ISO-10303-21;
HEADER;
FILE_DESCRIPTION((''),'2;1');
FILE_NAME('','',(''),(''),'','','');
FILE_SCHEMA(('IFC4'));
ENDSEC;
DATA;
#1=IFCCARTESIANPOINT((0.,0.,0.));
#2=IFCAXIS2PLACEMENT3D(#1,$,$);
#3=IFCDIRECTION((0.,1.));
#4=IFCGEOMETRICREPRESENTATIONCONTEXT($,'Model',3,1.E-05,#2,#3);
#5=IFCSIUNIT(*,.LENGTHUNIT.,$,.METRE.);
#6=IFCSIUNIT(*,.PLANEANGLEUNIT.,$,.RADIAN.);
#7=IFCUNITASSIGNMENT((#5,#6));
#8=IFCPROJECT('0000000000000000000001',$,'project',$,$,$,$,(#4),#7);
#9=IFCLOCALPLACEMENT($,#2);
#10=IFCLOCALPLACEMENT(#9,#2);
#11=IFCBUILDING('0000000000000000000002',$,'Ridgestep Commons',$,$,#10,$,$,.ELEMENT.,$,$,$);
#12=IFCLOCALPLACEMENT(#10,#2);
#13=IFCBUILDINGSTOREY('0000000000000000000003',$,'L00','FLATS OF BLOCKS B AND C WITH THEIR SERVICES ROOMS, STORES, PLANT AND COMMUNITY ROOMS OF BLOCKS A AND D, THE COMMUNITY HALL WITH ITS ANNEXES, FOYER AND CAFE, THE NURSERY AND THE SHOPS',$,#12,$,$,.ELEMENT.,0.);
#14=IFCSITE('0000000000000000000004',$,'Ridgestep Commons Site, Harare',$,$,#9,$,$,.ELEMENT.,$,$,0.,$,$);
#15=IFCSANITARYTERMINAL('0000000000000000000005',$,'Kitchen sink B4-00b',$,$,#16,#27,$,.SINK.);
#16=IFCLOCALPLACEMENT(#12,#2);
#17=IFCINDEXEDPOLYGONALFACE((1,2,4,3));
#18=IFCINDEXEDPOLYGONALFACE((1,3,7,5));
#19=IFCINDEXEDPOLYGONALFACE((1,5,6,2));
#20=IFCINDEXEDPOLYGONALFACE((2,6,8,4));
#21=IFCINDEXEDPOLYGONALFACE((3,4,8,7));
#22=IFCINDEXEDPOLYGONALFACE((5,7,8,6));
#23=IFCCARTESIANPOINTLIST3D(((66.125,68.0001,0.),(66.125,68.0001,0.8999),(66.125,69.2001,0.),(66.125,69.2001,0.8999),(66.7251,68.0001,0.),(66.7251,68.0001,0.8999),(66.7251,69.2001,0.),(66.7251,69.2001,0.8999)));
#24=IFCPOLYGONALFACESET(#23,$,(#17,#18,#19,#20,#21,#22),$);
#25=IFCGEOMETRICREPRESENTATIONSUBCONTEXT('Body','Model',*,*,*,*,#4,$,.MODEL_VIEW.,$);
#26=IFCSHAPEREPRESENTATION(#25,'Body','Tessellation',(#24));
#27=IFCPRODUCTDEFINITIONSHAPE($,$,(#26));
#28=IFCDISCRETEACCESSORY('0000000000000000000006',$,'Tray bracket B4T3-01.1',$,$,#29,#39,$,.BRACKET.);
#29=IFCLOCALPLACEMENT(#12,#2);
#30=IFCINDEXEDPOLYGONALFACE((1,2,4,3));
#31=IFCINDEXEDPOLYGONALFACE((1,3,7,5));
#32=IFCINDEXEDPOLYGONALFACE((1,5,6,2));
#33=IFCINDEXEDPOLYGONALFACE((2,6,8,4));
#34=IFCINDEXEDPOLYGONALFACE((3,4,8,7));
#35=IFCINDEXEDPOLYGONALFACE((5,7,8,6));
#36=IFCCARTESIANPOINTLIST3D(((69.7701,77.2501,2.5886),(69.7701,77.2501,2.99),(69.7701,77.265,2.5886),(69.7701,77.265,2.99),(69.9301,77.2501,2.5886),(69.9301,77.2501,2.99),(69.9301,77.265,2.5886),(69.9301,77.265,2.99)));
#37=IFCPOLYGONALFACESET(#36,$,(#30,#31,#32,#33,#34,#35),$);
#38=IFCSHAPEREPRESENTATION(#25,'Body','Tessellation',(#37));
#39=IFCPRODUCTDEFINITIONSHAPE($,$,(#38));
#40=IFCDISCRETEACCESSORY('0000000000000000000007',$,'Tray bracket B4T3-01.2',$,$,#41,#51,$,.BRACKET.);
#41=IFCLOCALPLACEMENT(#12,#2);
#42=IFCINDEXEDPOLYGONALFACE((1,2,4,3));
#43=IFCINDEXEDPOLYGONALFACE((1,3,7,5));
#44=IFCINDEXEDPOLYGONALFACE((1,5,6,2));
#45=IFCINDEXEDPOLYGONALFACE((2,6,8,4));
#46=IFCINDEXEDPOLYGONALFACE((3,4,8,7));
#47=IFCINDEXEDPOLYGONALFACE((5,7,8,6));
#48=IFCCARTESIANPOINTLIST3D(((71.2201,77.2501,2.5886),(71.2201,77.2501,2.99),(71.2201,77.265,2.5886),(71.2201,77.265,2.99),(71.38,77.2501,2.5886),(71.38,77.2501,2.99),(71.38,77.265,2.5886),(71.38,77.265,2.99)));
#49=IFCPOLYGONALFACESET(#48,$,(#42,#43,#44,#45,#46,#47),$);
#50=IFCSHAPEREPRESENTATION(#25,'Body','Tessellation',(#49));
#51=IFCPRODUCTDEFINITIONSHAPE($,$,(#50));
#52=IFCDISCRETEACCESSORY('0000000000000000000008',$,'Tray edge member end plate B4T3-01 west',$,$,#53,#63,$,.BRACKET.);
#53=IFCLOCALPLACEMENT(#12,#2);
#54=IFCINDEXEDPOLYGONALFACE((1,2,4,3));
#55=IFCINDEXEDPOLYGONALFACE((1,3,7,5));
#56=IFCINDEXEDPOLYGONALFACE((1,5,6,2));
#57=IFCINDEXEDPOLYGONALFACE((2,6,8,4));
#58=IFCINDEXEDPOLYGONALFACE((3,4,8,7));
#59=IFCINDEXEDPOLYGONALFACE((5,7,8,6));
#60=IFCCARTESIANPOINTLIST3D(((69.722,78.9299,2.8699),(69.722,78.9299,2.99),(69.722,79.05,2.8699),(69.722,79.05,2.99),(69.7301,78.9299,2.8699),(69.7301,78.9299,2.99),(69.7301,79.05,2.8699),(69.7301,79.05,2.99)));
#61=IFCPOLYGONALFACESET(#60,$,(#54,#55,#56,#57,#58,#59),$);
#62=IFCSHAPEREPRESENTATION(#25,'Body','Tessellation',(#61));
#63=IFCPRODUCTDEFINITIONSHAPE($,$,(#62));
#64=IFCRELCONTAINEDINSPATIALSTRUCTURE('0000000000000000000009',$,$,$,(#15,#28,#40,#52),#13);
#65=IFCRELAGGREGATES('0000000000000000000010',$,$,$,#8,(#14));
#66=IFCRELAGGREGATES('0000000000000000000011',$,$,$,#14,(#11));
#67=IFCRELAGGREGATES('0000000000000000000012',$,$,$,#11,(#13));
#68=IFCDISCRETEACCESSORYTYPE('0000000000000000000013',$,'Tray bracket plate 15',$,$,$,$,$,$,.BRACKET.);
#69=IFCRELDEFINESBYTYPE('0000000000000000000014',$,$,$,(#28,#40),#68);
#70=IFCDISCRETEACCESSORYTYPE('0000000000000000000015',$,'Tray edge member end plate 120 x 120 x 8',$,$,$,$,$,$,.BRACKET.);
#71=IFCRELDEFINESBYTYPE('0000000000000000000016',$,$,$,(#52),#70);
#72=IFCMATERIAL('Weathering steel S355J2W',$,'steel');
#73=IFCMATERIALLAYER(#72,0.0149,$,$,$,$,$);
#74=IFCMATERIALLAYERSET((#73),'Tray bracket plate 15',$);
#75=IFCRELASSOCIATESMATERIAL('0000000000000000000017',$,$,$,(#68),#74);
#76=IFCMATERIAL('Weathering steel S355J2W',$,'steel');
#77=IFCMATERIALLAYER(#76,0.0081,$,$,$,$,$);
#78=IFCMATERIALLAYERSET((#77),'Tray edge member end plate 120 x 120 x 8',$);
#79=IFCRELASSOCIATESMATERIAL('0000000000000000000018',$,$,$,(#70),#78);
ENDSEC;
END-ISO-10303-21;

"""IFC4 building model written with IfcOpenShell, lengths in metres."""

from ifc_helpers import new_model, si_unit, direction, frame, origin, origin_2d, place, context, subcontext, project, spatial, rectangle, extrude, material, layer, layer_set, type_object, element, save


model = new_model("IFC4")

# Units and contexts
model_context = context("Model", 3, precision=1e-05, world=origin(), true_north=direction((0.0, 1.0)))
body_context = subcontext(model_context, "Body", "Model", "MODEL_VIEW")
ifc_project = project(units=[si_unit("LENGTHUNIT", "METRE"), si_unit("PLANEANGLEUNIT", "RADIAN")], contexts=[model_context])

# Site, building, storey
site_placement = place(None, origin())
site = spatial("IfcSite", under=ifc_project, at=site_placement, Name="Ridgestep Commons Site, Harare", CompositionType="ELEMENT", RefElevation=0.0)
building_placement = place(site_placement, origin())
building = spatial("IfcBuilding", under=site, at=building_placement, Name="Ridgestep Commons", CompositionType="ELEMENT")
storey_placement = place(building_placement, origin())
storey = spatial("IfcBuildingStorey", under=building, at=storey_placement, Name="L00", Description="FLATS OF BLOCKS B AND C WITH THEIR SERVICES ROOMS, STORES, PLANT AND COMMUNITY ROOMS OF BLOCKS A AND D, THE COMMUNITY HALL WITH ITS ANNEXES, FOYER AND CAFE, THE NURSERY AND THE SHOPS", CompositionType="ELEMENT", Elevation=0.0)

# Sanitary terminal
sanitary_terminal_1_placement = place(storey_placement, frame((66.425, 68.6001, 0.0), z_axis=(0.0, 0.0, 1.0), x_axis=(1.0, 0.0, 0.0)))
element("IfcSanitaryTerminal", 1, at=sanitary_terminal_1_placement, inside=storey, Name="Kitchen sink B4-00b", PredefinedType="SINK", context=body_context, shape_type="SweptSolid", body=[
    extrude(rectangle(XDim=0.6001, YDim=1.2, at=origin_2d()), origin(), (0.0, 0.0, 1.0), 0.8999),
])

# Discrete accessories
ifc_material_1 = material(Name="Weathering steel S355J2W", Category="steel")
ifc_layer_1 = layer(ifc_material_1, 0.0149)
ifc_layer_set_1 = layer_set([ifc_layer_1], Name="Tray bracket plate 15")
discrete_accessory_type_1 = type_object("IfcDiscreteAccessoryType", Name="Tray bracket plate 15", PredefinedType="BRACKET", material=ifc_layer_set_1)
for number, where, z_axis, x_axis, name in (
    (2, (69.8501, 77.2576, 2.5886), (0.0, 0.0, 1.0), (1.0, 0.0, 0.0), "Tray bracket B4T3-01.1"),
    (3, (71.3, 77.2576, 2.5886), (0.0, 0.0, 1.0), (1.0, 0.0, 0.0), "Tray bracket B4T3-01.2"),
):
    element("IfcDiscreteAccessory", number, at=place(storey_placement, frame(where, z_axis=z_axis, x_axis=x_axis)), inside=storey, type_object=discrete_accessory_type_1, Name=name, PredefinedType="BRACKET", context=body_context, shape_type="SweptSolid", body=[
        extrude(rectangle(XDim=0.1599, YDim=0.0149, at=origin_2d()), origin(), (0.0, 0.0, 1.0), 0.4014),
    ])
ifc_material_2 = material(Name="Weathering steel S355J2W", Category="steel")
ifc_layer_2 = layer(ifc_material_2, 0.0081)
ifc_layer_set_2 = layer_set([ifc_layer_2], Name="Tray edge member end plate 120 x 120 x 8")
discrete_accessory_type_2 = type_object("IfcDiscreteAccessoryType", Name="Tray edge member end plate 120 x 120 x 8", PredefinedType="BRACKET", material=ifc_layer_set_2)
discrete_accessory_placement = place(storey_placement, frame((69.7261, 78.99, 2.8699), z_axis=(0.0, 0.0, 1.0), x_axis=(1.0, 0.0, 0.0)))
element("IfcDiscreteAccessory", 4, at=discrete_accessory_placement, inside=storey, type_object=discrete_accessory_type_2, Name="Tray edge member end plate B4T3-01 west", PredefinedType="BRACKET", context=body_context, shape_type="SweptSolid", body=[
    extrude(rectangle(XDim=0.0081, YDim=0.1201, at=origin_2d()), origin(), (0.0, 0.0, 1.0), 0.1201),
])

save(model, "model.ifc")
